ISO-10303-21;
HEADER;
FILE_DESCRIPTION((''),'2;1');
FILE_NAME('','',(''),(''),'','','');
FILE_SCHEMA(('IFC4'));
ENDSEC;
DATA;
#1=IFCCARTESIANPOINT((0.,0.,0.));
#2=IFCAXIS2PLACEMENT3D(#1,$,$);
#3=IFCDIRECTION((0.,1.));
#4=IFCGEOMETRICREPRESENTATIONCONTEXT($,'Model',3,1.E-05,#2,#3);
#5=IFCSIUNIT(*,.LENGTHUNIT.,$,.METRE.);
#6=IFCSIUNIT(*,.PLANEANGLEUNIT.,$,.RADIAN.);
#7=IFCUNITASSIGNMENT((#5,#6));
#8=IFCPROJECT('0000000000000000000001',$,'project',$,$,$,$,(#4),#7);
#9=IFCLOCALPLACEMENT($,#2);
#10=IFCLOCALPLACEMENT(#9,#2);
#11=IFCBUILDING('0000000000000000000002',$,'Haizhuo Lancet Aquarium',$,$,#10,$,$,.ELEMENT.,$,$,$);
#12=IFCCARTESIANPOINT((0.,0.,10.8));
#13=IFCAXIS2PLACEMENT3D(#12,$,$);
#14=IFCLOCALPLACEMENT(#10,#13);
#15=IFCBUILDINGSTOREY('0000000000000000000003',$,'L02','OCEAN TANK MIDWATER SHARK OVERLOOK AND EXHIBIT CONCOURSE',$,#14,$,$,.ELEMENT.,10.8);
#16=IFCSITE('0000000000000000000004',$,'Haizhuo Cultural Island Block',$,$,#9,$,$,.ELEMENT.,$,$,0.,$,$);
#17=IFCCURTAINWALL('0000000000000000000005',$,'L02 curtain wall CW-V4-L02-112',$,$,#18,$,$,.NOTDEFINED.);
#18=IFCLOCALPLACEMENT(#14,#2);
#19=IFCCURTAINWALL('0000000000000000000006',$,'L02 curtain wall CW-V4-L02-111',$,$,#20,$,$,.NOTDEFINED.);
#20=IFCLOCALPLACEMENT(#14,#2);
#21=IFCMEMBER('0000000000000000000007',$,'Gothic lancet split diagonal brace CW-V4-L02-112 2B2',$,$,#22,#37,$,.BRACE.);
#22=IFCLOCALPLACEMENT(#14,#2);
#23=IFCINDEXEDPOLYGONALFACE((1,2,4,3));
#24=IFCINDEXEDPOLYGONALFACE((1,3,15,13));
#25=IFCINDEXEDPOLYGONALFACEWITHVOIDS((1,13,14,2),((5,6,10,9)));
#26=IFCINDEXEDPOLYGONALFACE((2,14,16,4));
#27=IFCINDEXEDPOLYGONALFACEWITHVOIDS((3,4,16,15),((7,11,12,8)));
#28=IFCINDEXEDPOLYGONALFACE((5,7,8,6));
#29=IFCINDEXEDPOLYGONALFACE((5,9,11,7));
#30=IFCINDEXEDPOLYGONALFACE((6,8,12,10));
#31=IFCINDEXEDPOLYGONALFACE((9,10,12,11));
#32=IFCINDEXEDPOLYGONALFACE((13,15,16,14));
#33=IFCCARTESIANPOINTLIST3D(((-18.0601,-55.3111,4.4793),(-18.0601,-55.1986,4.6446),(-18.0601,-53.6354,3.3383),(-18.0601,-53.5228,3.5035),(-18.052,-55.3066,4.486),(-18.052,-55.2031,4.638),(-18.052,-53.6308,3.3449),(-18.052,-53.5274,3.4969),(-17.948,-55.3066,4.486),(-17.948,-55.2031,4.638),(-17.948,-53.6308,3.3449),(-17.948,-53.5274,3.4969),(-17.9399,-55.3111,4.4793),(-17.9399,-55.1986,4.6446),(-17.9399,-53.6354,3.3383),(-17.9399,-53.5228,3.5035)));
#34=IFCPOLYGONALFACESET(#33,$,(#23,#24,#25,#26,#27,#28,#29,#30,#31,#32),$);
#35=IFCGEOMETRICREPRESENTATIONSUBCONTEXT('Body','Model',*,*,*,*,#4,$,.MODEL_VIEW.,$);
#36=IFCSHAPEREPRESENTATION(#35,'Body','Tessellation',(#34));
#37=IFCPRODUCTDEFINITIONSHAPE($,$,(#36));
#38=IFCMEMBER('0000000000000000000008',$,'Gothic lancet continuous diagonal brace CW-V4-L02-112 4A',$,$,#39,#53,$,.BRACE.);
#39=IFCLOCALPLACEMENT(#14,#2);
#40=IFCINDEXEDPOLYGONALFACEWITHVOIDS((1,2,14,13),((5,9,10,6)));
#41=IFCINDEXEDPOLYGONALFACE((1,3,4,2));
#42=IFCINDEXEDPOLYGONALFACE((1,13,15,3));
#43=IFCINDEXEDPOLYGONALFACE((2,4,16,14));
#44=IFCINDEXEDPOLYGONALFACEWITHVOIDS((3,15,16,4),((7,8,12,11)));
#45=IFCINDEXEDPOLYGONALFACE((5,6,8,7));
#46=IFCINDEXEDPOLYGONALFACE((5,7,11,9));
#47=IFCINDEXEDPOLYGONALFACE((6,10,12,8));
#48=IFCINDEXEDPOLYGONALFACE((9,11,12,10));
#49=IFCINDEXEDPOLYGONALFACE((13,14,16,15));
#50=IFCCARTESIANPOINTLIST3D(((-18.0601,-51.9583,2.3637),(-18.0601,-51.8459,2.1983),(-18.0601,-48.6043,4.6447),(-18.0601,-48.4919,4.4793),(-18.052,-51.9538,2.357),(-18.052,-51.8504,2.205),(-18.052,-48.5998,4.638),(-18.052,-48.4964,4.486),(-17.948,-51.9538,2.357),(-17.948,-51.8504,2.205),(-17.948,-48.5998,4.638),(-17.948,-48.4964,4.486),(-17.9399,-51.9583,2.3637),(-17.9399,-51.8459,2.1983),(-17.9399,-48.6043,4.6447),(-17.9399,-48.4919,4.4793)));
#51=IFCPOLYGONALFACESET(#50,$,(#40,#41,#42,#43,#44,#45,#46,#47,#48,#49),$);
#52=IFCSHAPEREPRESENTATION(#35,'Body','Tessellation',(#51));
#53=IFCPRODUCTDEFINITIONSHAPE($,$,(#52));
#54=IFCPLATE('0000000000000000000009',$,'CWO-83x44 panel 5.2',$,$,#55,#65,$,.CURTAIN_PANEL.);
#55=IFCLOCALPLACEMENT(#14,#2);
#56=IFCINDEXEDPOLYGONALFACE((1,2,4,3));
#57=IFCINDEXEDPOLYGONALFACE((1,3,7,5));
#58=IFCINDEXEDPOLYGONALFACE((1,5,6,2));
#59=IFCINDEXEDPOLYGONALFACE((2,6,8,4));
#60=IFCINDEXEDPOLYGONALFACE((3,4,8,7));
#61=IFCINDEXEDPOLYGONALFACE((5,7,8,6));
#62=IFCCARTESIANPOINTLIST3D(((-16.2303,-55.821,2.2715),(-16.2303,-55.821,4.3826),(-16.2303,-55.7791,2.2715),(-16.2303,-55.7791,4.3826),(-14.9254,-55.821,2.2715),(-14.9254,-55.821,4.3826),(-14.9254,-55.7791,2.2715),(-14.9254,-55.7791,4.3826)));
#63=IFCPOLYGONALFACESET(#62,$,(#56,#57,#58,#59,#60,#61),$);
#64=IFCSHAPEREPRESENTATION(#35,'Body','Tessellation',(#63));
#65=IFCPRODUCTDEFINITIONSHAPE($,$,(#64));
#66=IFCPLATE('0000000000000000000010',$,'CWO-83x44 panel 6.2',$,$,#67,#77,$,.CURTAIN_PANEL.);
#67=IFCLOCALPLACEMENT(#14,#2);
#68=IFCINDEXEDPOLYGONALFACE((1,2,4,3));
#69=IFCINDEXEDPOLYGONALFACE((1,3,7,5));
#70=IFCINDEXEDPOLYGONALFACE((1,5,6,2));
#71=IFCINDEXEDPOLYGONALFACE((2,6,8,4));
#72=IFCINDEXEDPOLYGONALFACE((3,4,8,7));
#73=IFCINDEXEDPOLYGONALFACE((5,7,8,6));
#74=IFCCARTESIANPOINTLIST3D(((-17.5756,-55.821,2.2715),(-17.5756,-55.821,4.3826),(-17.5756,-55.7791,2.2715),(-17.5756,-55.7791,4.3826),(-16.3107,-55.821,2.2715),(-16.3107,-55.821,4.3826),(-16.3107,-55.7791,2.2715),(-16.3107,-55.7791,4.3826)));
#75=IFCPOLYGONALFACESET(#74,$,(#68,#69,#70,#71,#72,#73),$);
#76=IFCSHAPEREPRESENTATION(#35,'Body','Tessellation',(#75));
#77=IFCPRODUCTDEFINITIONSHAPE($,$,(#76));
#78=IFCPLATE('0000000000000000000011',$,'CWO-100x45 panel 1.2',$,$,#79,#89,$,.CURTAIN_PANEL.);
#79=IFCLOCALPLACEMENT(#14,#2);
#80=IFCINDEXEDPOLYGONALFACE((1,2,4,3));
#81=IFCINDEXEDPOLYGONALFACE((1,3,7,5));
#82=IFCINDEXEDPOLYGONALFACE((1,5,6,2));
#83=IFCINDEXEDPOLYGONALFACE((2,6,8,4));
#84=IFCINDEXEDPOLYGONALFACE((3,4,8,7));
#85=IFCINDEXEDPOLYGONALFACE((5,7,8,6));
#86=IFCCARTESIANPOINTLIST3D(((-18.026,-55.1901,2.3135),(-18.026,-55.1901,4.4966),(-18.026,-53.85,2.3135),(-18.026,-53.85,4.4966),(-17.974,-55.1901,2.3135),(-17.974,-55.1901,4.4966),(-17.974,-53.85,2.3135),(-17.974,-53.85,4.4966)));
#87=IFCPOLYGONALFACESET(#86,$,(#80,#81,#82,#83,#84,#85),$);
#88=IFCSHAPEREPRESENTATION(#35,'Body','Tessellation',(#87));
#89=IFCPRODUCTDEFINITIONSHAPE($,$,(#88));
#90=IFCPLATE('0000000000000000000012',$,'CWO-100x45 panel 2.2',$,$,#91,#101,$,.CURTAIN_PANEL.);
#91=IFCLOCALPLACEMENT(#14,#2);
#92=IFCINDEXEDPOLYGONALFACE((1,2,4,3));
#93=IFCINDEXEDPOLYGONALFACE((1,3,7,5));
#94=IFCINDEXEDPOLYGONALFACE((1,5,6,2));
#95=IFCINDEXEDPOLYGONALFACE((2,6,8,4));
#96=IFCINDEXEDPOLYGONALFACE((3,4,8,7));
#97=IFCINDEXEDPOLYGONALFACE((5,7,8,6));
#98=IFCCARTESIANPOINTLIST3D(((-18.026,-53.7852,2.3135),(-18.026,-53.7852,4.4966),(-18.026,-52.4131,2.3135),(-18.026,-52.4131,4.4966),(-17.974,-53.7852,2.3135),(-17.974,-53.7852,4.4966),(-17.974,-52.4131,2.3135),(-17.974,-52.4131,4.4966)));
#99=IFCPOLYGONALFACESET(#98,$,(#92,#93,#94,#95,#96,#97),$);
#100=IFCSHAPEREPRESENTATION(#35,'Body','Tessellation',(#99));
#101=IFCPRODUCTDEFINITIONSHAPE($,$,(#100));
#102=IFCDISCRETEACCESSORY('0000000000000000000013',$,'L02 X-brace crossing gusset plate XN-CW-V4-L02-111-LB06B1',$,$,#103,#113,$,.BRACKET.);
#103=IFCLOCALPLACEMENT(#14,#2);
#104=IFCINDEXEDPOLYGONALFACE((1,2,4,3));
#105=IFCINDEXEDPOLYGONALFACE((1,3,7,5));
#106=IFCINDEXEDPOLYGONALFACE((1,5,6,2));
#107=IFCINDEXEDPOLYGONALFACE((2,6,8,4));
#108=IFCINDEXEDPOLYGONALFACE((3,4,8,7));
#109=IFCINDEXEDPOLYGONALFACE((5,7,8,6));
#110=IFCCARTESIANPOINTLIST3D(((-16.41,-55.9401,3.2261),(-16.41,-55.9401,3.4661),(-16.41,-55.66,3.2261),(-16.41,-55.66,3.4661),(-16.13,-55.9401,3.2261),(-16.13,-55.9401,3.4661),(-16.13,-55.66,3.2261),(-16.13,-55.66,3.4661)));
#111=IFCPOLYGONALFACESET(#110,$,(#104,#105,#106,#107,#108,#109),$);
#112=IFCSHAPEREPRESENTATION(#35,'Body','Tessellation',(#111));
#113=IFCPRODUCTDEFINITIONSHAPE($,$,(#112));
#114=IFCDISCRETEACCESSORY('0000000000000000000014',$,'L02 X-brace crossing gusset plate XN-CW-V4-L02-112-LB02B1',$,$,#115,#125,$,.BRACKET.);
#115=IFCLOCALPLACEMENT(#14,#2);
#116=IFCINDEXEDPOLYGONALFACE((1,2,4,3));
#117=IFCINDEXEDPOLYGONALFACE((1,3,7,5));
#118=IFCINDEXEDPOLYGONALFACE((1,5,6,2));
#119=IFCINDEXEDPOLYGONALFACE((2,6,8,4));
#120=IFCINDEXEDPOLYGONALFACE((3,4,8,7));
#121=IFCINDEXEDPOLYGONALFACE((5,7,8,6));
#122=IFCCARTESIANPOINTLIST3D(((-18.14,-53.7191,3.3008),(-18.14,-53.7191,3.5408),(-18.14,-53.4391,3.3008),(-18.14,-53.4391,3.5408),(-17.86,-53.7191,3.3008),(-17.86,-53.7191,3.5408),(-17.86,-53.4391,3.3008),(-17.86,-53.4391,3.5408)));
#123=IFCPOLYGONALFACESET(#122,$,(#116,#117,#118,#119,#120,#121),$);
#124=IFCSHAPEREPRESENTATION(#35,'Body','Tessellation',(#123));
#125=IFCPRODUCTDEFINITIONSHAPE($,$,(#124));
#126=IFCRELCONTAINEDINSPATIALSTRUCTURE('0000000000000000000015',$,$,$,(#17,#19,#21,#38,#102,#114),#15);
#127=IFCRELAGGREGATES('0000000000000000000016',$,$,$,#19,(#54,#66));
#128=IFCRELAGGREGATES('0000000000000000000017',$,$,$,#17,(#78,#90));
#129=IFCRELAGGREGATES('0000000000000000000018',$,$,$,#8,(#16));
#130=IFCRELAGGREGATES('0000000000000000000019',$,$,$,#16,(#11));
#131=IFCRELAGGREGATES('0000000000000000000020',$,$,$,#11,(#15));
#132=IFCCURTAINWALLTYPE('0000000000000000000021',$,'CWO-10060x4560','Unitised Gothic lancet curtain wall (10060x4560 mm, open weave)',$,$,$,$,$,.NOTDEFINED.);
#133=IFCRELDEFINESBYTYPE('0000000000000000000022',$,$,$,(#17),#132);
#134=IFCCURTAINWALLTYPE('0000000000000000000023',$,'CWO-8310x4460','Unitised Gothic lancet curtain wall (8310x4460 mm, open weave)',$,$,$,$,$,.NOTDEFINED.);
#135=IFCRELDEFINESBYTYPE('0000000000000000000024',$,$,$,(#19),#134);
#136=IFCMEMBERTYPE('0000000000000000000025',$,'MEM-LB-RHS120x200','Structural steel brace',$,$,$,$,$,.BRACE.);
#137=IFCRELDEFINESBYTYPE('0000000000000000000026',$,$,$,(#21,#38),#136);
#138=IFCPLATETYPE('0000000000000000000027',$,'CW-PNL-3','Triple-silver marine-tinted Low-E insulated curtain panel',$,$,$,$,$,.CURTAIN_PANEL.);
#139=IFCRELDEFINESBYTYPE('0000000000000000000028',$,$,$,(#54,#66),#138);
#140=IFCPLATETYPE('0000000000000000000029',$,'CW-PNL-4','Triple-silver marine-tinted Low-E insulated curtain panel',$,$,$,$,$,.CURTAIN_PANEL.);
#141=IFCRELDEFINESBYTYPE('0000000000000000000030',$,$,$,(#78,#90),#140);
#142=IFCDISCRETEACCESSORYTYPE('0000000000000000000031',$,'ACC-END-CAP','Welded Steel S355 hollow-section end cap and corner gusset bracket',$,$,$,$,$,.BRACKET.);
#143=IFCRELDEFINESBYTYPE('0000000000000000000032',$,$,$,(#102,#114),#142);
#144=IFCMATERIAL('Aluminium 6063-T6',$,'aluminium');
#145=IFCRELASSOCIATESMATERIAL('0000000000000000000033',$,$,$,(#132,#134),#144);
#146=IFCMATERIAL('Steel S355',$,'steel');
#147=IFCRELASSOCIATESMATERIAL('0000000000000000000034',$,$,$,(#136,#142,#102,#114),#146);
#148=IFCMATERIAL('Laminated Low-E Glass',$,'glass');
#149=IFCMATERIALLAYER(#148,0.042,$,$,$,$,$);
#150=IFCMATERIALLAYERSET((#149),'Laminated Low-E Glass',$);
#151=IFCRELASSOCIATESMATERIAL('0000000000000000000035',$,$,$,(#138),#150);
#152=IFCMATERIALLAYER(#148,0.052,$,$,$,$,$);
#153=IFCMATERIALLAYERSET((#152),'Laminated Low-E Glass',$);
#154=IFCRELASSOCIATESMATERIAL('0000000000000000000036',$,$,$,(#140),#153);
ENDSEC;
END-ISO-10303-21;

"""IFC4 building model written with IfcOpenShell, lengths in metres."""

from ifc_helpers import new_model, si_unit, direction, frame, origin, origin_2d, place, context, subcontext, project, spatial, rectangle, hollow_rectangle, extrude, material, layer, layer_set, material_profile, profile_set, type_object, element, aggregate, save


model = new_model("IFC4")

# Units and contexts
model_context = context("Model", 3, precision=1e-05, world=origin(), true_north=direction((0.0, 1.0)))
body_context = subcontext(model_context, "Body", "Model", "MODEL_VIEW")
ifc_project = project(units=[si_unit("LENGTHUNIT", "METRE"), si_unit("PLANEANGLEUNIT", "RADIAN")], contexts=[model_context])

# Site, building, storey
site_placement = place(None, origin())
site = spatial("IfcSite", under=ifc_project, at=site_placement, Name="Haizhuo Cultural Island Block", CompositionType="ELEMENT", RefElevation=0.0)
building_placement = place(site_placement, origin())
building = spatial("IfcBuilding", under=site, at=building_placement, Name="Haizhuo Lancet Aquarium", CompositionType="ELEMENT")
storey_placement = place(building_placement, frame((0.0, 0.0, 10.8)))
storey = spatial("IfcBuildingStorey", under=building, at=storey_placement, Name="L02", Description="OCEAN TANK MIDWATER SHARK OVERLOOK AND EXHIBIT CONCOURSE", CompositionType="ELEMENT", Elevation=10.8)

# Shared definitions
ifc_material_1 = material(Name="Steel S355", Category="steel")

# Curtain walls
ifc_material_2 = material(Name="Aluminium 6063-T6", Category="aluminium")
curtain_wall_type_1 = type_object("IfcCurtainWallType", Name="CWO-10060x4560", Description="Unitised Gothic lancet curtain wall (10060x4560 mm, open weave)", PredefinedType="NOTDEFINED", material=ifc_material_2)
curtain_wall_1_placement = place(storey_placement, origin())
curtain_wall_1 = element("IfcCurtainWall", 1, at=curtain_wall_1_placement, inside=storey, type_object=curtain_wall_type_1, Name="L02 curtain wall CW-V4-L02-112", PredefinedType="NOTDEFINED")
curtain_wall_type_2 = type_object("IfcCurtainWallType", Name="CWO-8310x4460", Description="Unitised Gothic lancet curtain wall (8310x4460 mm, open weave)", PredefinedType="NOTDEFINED", material=ifc_material_2)
curtain_wall_2_placement = place(storey_placement, origin())
curtain_wall_2 = element("IfcCurtainWall", 2, at=curtain_wall_2_placement, inside=storey, type_object=curtain_wall_type_2, Name="L02 curtain wall CW-V4-L02-111", PredefinedType="NOTDEFINED")

# Members
ifc_material_profile_1 = material_profile(ifc_material_1, hollow_rectangle(XDim=0.1201, YDim=0.2, WallThickness=0.0081, at=origin_2d()), Name="RHS 120x200x8")
ifc_profile_set_1 = profile_set([ifc_material_profile_1], Name="Steel S355")
member_type_1 = type_object("IfcMemberType", Name="MEM-LB-RHS120x200", Description="Structural steel brace", PredefinedType="BRACE", material=ifc_profile_set_1)
member_1_placement = place(storey_placement, frame((-18.0, -53.5791, 3.4209), z_axis=(0.0, -0.826563, 0.562843), x_axis=(1.0, 0.0, 0.0)))
element("IfcMember", 3, at=member_1_placement, inside=storey, type_object=member_type_1, Name="Gothic lancet split diagonal brace CW-V4-L02-112 2B2", PredefinedType="BRACE", context=body_context, shape_type="SweptSolid", body=[
    extrude(hollow_rectangle(XDim=0.1201, YDim=0.2, WallThickness=0.0081, at=origin_2d()), origin(), (0.0, 0.0, 1.0), 2.0273),
])
member_2_placement = place(storey_placement, frame((-18.0, -51.9021, 2.281), z_axis=(0.0, 0.826894, 0.562358), x_axis=(-1.0, 0.0, 0.0)))
element("IfcMember", 4, at=member_2_placement, inside=storey, type_object=member_type_1, Name="Gothic lancet continuous diagonal brace CW-V4-L02-112 4A", PredefinedType="BRACE", context=body_context, shape_type="SweptSolid", body=[
    extrude(hollow_rectangle(XDim=0.1201, YDim=0.2, WallThickness=0.0081, at=origin_2d()), origin(), (0.0, 0.0, 1.0), 4.0562),
])

# Plates
ifc_material_3 = material(Name="Laminated Low-E Glass", Category="glass")
ifc_layer_1 = layer(ifc_material_3, 0.042)
ifc_layer_set_1 = layer_set([ifc_layer_1], Name="Laminated Low-E Glass")
plate_type_1 = type_object("IfcPlateType", Name="CW-PNL-3", Description="Triple-silver marine-tinted Low-E insulated curtain panel", PredefinedType="CURTAIN_PANEL", material=ifc_layer_set_1)
plate_1_placement = place(storey_placement, frame((-15.5779, -55.8, 2.2715), z_axis=(0.0, 0.0, 1.0), x_axis=(-1.0, 0.0, 0.0)))
plate_1 = element("IfcPlate", 5, at=plate_1_placement, type_object=plate_type_1, Name="CWO-83x44 panel 5.2", PredefinedType="CURTAIN_PANEL", context=body_context, shape_type="SweptSolid", body=[
    extrude(rectangle(XDim=1.3049, YDim=0.042, at=origin_2d()), origin(), (0.0, 0.0, 1.0), 2.1111),
])
plate_2_placement = place(storey_placement, frame((-16.9431, -55.8, 2.2715), z_axis=(0.0, 0.0, 1.0), x_axis=(-1.0, 0.0, 0.0)))
plate_2 = element("IfcPlate", 6, at=plate_2_placement, type_object=plate_type_1, Name="CWO-83x44 panel 6.2", PredefinedType="CURTAIN_PANEL", context=body_context, shape_type="SweptSolid", body=[
    extrude(rectangle(XDim=1.2649, YDim=0.042, at=origin_2d()), origin(), (0.0, 0.0, 1.0), 2.1111),
])
aggregate(curtain_wall_2, [plate_1, plate_2])
ifc_layer_2 = layer(ifc_material_3, 0.052)
ifc_layer_set_2 = layer_set([ifc_layer_2], Name="Laminated Low-E Glass")
plate_type_2 = type_object("IfcPlateType", Name="CW-PNL-4", Description="Triple-silver marine-tinted Low-E insulated curtain panel", PredefinedType="CURTAIN_PANEL", material=ifc_layer_set_2)
plate_3_placement = place(storey_placement, frame((-18.0, -54.52, 2.3135), z_axis=(0.0, 0.0, 1.0), x_axis=(0.0, 1.0, 0.0)))
plate_3 = element("IfcPlate", 7, at=plate_3_placement, type_object=plate_type_2, Name="CWO-100x45 panel 1.2", PredefinedType="CURTAIN_PANEL", context=body_context, shape_type="SweptSolid", body=[
    extrude(rectangle(XDim=1.3401, YDim=0.052, at=origin_2d()), origin(), (0.0, 0.0, 1.0), 2.1831),
])
plate_4_placement = place(storey_placement, frame((-18.0, -53.0991, 2.3135), z_axis=(0.0, 0.0, 1.0), x_axis=(0.0, 1.0, 0.0)))
plate_4 = element("IfcPlate", 8, at=plate_4_placement, type_object=plate_type_2, Name="CWO-100x45 panel 2.2", PredefinedType="CURTAIN_PANEL", context=body_context, shape_type="SweptSolid", body=[
    extrude(rectangle(XDim=1.3721, YDim=0.052, at=origin_2d()), origin(), (0.0, 0.0, 1.0), 2.1831),
])
aggregate(curtain_wall_1, [plate_3, plate_4])

# Discrete accessories
discrete_accessory_type = type_object("IfcDiscreteAccessoryType", Name="ACC-END-CAP", Description="Welded Steel S355 hollow-section end cap and corner gusset bracket", PredefinedType="BRACKET", material=ifc_material_1)
for number, where, z_axis, x_axis, name in (
    (9, (-16.27, -55.8, 3.2261), (0.0, 0.0, 1.0), (1.0, 0.0, 0.0), "L02 X-brace crossing gusset plate XN-CW-V4-L02-111-LB06B1"),
    (10, (-18.0, -53.5791, 3.3008), (0.0, 0.0, 1.0), (1.0, 0.0, 0.0), "L02 X-brace crossing gusset plate XN-CW-V4-L02-112-LB02B1"),
):
    element("IfcDiscreteAccessory", number, at=place(storey_placement, frame(where, z_axis=z_axis, x_axis=x_axis)), inside=storey, type_object=discrete_accessory_type, material=ifc_material_1, Name=name, PredefinedType="BRACKET", context=body_context, shape_type="SweptSolid", body=[
        extrude(rectangle(XDim=0.28, YDim=0.28, at=origin_2d()), origin(), (0.0, 0.0, 1.0), 0.24),
    ])

save(model, "model.ifc")
